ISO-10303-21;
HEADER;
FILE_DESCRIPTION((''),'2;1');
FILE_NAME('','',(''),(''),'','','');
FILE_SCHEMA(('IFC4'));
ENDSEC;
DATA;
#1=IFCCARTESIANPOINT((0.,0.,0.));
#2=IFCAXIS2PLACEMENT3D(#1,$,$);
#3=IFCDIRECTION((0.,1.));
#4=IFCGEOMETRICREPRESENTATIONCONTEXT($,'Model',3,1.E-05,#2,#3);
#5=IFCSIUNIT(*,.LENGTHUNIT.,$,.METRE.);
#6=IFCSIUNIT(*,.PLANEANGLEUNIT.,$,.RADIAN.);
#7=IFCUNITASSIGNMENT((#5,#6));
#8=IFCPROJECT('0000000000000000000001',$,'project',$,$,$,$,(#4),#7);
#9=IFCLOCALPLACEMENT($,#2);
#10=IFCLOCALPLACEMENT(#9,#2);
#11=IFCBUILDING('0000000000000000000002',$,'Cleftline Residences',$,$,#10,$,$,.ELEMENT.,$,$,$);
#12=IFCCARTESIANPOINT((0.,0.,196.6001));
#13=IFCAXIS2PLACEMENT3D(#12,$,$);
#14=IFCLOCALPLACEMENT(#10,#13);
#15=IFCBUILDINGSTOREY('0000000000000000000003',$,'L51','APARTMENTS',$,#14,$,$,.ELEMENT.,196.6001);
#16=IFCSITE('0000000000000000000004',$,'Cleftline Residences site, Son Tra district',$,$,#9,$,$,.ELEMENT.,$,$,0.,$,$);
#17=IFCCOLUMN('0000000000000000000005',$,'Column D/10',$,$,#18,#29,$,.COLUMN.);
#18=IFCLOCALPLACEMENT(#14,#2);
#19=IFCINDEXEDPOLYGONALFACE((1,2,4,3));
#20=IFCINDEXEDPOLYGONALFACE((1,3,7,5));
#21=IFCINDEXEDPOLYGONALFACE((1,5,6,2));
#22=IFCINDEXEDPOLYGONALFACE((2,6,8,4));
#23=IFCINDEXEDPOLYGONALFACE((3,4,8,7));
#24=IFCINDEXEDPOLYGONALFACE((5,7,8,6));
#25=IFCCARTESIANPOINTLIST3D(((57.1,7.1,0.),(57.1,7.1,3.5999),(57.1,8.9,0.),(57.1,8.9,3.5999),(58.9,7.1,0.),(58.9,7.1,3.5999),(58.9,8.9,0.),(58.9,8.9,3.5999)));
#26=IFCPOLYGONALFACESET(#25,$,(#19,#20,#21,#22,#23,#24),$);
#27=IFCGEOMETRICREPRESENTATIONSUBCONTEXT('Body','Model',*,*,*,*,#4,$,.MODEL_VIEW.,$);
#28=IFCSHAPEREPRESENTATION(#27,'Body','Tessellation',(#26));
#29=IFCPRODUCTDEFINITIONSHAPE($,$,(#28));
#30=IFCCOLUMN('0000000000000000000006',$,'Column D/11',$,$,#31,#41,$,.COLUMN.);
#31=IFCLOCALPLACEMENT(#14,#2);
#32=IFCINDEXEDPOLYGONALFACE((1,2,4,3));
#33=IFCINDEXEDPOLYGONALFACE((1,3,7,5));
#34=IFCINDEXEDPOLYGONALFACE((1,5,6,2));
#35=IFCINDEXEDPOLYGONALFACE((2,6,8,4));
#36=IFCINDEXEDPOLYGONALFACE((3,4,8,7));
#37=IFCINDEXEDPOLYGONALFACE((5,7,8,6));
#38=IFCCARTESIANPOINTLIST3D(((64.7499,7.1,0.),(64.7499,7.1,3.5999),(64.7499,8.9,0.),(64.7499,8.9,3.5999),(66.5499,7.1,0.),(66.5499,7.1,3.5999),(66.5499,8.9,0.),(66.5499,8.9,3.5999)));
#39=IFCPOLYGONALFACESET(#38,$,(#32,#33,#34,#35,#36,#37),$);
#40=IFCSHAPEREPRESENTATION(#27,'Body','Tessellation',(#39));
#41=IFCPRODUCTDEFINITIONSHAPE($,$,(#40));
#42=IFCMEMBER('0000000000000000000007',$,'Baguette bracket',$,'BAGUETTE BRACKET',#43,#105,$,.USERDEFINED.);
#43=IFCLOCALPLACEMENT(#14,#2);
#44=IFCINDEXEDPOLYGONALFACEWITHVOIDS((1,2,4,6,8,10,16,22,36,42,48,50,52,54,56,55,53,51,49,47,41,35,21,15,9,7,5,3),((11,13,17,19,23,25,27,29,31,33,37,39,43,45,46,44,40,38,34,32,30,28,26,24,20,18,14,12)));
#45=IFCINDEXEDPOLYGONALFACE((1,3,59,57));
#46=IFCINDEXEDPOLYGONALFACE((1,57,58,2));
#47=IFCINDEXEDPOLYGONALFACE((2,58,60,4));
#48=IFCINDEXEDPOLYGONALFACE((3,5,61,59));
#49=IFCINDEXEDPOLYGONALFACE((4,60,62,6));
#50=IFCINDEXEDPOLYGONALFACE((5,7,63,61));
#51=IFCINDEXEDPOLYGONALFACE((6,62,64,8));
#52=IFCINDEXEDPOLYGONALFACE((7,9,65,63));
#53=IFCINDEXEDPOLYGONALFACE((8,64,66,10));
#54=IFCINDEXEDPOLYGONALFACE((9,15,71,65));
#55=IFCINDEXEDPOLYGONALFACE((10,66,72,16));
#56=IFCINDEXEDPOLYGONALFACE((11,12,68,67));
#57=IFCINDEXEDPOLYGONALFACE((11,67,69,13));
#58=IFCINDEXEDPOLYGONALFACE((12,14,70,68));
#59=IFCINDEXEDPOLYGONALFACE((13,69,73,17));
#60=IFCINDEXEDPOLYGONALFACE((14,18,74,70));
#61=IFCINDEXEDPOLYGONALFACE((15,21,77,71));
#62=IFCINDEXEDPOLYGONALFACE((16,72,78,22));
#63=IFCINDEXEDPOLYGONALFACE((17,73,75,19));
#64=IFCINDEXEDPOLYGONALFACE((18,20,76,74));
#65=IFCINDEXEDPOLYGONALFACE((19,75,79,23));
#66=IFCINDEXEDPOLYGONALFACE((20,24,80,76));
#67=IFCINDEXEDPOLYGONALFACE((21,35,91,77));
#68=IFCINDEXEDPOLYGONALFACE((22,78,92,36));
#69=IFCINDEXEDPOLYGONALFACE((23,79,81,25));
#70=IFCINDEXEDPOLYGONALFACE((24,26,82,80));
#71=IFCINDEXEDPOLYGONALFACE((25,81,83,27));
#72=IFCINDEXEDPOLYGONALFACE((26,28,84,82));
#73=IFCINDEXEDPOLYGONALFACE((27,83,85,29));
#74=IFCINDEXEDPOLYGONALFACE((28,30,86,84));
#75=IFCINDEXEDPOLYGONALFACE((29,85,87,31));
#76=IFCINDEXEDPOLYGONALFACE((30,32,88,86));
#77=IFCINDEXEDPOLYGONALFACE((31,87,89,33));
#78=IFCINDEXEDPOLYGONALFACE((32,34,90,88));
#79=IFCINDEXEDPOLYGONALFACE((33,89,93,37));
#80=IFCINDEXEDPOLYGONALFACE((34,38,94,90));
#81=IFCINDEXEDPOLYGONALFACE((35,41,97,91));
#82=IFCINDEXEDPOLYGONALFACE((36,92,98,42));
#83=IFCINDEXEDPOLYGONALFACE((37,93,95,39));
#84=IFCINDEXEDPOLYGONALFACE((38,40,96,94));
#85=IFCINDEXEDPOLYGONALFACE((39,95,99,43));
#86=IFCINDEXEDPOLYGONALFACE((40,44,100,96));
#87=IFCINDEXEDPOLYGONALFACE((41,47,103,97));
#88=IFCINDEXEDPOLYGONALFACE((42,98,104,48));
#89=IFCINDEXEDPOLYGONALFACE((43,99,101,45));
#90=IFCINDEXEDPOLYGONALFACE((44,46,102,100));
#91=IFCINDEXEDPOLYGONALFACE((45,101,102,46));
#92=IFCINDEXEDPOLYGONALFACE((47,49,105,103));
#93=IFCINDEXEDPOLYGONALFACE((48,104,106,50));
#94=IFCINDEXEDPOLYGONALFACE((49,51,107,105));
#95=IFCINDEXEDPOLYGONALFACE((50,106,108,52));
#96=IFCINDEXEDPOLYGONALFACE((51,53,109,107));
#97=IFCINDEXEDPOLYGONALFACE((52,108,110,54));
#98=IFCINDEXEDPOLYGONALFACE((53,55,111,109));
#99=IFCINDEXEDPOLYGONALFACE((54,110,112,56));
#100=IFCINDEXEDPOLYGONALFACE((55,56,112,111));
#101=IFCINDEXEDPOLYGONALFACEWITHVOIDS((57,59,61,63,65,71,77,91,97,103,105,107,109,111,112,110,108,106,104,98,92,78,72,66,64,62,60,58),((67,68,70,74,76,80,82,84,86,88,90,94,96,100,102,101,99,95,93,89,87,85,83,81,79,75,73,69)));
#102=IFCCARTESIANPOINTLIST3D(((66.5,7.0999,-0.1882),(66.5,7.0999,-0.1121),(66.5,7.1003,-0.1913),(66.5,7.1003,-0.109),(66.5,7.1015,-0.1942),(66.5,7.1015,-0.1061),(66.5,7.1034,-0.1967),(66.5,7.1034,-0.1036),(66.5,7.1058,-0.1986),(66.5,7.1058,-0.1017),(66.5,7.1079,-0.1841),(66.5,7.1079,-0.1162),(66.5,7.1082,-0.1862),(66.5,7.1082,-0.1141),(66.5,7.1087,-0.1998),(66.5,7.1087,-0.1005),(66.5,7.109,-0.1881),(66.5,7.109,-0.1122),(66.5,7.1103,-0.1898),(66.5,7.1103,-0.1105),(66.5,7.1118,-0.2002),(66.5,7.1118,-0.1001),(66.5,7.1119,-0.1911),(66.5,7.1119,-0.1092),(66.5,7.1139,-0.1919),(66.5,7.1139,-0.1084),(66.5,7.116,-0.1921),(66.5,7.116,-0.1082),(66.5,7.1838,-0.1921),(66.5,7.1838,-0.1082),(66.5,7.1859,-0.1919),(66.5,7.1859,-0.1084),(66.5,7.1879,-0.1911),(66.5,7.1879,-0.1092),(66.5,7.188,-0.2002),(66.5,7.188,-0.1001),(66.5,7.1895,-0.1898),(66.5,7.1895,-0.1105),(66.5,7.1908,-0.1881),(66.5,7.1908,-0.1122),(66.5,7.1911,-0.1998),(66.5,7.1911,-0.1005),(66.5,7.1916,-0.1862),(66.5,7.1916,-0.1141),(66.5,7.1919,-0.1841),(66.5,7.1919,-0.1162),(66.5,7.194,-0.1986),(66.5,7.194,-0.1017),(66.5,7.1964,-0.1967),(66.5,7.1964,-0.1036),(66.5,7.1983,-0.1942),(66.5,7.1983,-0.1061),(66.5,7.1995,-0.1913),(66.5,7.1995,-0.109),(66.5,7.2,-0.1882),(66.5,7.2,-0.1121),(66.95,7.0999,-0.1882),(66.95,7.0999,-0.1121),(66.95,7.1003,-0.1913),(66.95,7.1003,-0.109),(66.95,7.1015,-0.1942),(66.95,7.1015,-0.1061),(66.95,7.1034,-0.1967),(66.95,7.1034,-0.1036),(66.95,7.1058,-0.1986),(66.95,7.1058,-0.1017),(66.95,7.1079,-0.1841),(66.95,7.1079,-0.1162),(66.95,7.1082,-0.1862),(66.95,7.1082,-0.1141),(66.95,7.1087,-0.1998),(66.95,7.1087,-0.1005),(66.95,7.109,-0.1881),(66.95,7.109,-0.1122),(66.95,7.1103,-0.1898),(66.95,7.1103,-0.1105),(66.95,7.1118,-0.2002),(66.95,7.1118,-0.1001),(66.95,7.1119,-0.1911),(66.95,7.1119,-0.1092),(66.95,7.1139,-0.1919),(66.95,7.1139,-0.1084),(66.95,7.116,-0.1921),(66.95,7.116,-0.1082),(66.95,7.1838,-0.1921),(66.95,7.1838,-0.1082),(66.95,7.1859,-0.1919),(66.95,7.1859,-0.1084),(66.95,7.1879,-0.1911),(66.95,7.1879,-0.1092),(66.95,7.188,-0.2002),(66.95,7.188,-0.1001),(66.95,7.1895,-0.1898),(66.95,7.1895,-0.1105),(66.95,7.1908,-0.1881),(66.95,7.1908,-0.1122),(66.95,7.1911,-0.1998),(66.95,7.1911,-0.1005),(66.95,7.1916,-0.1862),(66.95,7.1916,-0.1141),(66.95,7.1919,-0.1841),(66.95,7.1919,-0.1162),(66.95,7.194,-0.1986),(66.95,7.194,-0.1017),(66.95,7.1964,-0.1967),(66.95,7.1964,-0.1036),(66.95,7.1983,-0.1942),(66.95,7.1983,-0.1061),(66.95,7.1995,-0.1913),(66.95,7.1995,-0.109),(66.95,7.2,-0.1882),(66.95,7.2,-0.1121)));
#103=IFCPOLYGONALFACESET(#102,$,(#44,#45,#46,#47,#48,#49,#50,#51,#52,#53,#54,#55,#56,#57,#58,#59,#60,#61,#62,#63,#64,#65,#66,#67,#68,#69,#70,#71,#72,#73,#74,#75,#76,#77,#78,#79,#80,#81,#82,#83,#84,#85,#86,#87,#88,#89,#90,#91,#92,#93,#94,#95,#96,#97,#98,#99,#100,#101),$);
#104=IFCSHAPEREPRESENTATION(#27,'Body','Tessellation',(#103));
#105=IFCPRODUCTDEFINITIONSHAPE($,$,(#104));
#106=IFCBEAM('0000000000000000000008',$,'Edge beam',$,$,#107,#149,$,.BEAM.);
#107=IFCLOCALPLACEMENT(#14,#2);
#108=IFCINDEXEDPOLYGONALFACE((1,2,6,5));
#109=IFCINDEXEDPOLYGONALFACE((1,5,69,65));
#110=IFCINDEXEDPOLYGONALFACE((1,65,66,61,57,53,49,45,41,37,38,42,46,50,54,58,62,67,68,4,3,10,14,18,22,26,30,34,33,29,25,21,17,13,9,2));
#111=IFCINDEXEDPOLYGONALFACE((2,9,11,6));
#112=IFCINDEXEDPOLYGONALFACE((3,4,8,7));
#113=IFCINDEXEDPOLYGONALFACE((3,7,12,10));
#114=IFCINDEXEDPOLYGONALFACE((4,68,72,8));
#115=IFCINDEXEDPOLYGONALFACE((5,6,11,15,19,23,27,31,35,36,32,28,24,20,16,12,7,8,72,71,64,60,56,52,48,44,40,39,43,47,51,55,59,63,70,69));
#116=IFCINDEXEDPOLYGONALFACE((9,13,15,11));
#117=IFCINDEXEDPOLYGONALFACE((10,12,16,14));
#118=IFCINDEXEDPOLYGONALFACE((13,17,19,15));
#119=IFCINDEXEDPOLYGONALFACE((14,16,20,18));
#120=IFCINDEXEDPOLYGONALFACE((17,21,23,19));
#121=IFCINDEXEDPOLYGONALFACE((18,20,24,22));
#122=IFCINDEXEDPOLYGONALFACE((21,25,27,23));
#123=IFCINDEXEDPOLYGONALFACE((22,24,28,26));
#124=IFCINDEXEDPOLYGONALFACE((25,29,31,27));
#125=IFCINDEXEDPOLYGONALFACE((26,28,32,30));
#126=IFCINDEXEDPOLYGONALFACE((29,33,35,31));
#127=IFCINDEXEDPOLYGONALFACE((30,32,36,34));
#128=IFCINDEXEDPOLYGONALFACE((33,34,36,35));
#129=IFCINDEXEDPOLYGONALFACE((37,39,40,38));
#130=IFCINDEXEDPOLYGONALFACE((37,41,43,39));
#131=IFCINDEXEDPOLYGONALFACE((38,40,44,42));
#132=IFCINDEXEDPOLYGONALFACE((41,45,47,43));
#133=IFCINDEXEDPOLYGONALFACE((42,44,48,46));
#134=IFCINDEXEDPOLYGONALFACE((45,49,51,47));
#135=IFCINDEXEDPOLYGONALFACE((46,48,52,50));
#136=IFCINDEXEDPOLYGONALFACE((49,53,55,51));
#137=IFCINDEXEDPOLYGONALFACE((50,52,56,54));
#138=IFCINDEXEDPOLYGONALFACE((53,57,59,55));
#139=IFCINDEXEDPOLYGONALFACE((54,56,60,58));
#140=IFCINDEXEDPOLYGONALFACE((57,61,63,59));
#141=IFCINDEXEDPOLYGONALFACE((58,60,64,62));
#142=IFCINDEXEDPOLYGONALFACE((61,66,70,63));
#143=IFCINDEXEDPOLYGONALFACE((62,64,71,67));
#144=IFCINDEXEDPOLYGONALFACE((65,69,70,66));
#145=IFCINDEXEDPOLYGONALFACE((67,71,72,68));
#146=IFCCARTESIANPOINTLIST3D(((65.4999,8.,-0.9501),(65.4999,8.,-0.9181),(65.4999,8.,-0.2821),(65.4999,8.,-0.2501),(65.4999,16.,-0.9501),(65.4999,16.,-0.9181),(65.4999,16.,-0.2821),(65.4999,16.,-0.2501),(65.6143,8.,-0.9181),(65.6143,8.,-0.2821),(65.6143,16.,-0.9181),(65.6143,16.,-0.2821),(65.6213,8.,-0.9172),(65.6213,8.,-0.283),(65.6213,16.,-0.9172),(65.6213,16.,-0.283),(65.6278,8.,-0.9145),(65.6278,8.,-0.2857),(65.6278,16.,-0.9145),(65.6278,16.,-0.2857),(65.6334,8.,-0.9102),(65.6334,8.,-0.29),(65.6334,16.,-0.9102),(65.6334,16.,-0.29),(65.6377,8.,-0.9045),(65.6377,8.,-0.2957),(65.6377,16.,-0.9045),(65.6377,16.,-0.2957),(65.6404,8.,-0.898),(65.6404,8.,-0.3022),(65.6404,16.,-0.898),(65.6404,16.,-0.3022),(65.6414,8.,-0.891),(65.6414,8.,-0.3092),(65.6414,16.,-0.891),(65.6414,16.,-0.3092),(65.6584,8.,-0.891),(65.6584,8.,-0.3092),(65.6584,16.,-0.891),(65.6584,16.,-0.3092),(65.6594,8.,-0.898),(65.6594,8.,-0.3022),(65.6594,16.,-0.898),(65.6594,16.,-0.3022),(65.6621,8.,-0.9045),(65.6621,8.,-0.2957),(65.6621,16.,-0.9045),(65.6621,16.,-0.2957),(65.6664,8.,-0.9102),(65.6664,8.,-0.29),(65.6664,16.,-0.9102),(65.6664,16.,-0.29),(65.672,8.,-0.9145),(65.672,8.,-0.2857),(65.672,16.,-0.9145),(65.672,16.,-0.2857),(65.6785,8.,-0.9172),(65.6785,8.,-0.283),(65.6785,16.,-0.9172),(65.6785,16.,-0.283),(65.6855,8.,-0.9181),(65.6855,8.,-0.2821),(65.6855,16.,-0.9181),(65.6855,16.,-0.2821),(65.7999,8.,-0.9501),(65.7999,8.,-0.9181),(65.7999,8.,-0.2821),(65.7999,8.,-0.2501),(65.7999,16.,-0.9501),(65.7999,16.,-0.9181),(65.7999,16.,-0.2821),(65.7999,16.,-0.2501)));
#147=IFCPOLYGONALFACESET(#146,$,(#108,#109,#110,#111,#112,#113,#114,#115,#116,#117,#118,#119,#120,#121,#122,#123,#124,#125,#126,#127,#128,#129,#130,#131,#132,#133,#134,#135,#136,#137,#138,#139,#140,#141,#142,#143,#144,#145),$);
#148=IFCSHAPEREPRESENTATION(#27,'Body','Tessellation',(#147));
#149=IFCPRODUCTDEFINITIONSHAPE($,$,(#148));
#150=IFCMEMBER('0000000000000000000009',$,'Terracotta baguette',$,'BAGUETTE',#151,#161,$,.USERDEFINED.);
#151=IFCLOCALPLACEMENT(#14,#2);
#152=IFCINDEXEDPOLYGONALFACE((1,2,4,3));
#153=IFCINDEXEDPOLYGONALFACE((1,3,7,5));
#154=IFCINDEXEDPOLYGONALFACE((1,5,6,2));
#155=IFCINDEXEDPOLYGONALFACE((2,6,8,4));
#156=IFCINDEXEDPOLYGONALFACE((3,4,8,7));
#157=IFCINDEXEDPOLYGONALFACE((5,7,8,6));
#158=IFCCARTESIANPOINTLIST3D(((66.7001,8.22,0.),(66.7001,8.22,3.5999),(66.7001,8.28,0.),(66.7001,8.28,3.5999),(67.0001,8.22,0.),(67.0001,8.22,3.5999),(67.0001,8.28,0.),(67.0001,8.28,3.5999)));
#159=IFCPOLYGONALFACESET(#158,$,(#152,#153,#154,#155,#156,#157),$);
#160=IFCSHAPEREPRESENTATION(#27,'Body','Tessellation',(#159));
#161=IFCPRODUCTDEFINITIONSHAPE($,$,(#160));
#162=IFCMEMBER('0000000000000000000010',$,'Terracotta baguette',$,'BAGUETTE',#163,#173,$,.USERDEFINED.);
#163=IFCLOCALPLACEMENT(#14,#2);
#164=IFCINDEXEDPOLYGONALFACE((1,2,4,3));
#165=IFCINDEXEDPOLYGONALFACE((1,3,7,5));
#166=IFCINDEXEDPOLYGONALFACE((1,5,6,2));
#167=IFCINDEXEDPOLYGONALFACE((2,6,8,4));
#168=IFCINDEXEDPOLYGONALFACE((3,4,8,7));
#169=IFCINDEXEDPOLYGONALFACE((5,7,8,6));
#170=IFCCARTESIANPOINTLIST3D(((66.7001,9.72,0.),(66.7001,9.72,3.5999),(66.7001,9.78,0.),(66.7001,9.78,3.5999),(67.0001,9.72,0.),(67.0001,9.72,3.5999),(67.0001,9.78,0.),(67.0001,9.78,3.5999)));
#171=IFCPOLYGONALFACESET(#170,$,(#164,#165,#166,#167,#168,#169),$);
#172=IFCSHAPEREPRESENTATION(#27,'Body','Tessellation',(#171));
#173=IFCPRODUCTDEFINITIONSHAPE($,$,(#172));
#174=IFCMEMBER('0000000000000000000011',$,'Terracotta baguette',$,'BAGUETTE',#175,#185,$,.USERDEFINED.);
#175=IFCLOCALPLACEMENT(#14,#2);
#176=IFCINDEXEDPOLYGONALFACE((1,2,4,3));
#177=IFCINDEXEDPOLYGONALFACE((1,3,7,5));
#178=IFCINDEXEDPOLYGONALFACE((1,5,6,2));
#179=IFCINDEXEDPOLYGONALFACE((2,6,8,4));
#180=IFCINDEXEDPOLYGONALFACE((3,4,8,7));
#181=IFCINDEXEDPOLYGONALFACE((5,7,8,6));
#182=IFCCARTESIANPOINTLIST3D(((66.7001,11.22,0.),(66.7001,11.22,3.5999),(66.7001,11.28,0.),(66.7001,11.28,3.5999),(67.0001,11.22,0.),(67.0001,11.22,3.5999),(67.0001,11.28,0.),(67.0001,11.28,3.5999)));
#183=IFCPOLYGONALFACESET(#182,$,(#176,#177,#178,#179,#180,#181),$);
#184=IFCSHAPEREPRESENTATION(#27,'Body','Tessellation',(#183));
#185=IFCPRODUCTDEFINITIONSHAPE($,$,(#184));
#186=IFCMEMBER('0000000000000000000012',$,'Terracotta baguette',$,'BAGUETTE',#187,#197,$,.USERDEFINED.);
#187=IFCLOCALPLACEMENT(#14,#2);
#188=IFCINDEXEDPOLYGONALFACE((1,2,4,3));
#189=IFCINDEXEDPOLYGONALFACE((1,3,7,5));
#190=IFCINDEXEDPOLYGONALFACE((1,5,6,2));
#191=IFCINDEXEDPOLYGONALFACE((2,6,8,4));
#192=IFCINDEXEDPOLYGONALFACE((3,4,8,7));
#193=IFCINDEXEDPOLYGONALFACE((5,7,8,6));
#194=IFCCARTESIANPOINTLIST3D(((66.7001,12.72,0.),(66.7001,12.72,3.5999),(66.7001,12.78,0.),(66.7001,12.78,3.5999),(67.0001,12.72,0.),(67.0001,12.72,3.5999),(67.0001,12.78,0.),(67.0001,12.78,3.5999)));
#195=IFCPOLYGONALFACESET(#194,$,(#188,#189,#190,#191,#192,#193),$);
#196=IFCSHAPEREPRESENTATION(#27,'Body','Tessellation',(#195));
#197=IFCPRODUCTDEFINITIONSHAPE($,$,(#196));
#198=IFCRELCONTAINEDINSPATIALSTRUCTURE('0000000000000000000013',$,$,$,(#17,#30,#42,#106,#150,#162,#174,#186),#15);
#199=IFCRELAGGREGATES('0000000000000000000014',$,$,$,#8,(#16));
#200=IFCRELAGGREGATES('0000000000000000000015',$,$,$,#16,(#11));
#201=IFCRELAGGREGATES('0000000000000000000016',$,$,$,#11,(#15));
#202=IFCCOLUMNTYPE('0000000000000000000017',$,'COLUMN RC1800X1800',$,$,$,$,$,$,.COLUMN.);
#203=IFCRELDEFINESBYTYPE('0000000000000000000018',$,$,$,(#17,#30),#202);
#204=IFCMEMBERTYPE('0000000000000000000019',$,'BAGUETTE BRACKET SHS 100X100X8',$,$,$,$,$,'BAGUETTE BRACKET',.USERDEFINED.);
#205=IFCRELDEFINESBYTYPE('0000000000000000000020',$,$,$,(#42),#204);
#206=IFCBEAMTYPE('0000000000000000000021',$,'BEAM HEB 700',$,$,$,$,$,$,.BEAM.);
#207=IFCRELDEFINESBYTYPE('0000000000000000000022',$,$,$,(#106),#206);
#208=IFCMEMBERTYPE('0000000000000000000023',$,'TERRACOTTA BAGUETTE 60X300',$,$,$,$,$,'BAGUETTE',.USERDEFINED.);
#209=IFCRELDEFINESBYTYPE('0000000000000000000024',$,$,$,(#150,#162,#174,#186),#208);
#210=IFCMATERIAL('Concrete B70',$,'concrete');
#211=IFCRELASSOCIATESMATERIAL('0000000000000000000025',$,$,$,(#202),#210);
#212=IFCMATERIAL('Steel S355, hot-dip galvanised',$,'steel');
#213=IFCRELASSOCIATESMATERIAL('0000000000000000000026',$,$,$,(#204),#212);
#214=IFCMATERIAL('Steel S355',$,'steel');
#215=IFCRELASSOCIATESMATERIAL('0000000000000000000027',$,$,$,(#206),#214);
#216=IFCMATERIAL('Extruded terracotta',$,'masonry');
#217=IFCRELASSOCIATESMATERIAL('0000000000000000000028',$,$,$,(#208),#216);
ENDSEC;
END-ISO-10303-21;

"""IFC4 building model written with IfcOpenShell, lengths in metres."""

from ifc_helpers import new_model, si_unit, direction, frame, origin, origin_2d, place, context, subcontext, project, spatial, rectangle, hollow_rectangle, i_section, extrude, material, material_profile, profile_set, type_object, element, save


model = new_model("IFC4")

# Units and contexts
model_context = context("Model", 3, precision=1e-05, world=origin(), true_north=direction((0.0, 1.0)))
body_context = subcontext(model_context, "Body", "Model", "MODEL_VIEW")
ifc_project = project(units=[si_unit("LENGTHUNIT", "METRE"), si_unit("PLANEANGLEUNIT", "RADIAN")], contexts=[model_context])

# Site, building, storey
site_placement = place(None, origin())
site = spatial("IfcSite", under=ifc_project, at=site_placement, Name="Cleftline Residences site, Son Tra district", CompositionType="ELEMENT", RefElevation=0.0)
building_placement = place(site_placement, origin())
building = spatial("IfcBuilding", under=site, at=building_placement, Name="Cleftline Residences", CompositionType="ELEMENT")
storey_placement = place(building_placement, frame((0.0, 0.0, 196.6001)))
storey = spatial("IfcBuildingStorey", under=building, at=storey_placement, Name="L51", Description="APARTMENTS", CompositionType="ELEMENT", Elevation=196.6001)

# Columns
ifc_material_1 = material(Name="Concrete B70", Category="concrete")
ifc_material_profile_1 = material_profile(ifc_material_1, rectangle(XDim=1.8, YDim=1.8, at=origin_2d()))
ifc_profile_set_1 = profile_set([ifc_material_profile_1], Name="Concrete B70")
column_type = type_object("IfcColumnType", Name="COLUMN RC1800X1800", PredefinedType="COLUMN", material=ifc_profile_set_1)
for number, where, z_axis, x_axis, name in (
    (1, (58.0, 8.0, 0.0), (0.0, 0.0, 1.0), (1.0, 0.0, 0.0), "Column D/10"),
    (2, (65.6499, 8.0, 0.0), (0.0, 0.0, 1.0), (1.0, 0.0, 0.0), "Column D/11"),
):
    element("IfcColumn", number, at=place(storey_placement, frame(where, z_axis=z_axis, x_axis=x_axis)), inside=storey, type_object=column_type, Name=name, PredefinedType="COLUMN", context=body_context, shape_type="SweptSolid", body=[
        extrude(rectangle(XDim=1.8, YDim=1.8, at=origin_2d()), origin(), (0.0, 0.0, 1.0), 3.5999),
    ])

# Member
ifc_material_2 = material(Name="Steel S355, hot-dip galvanised", Category="steel")
ifc_material_profile_2 = material_profile(ifc_material_2, hollow_rectangle(XDim=0.1001, YDim=0.1001, WallThickness=0.0081, InnerFilletRadius=0.0081, OuterFilletRadius=0.012, at=origin_2d()))
ifc_profile_set_2 = profile_set([ifc_material_profile_2], Name="Steel S355, hot-dip galvanised")
member_type_1 = type_object("IfcMemberType", Name="BAGUETTE BRACKET SHS 100X100X8", ElementType="BAGUETTE BRACKET", PredefinedType="USERDEFINED", material=ifc_profile_set_2)
member_placement = place(storey_placement, frame((66.5, 7.1499, -0.1501), z_axis=(1.0, 0.0, 0.0), x_axis=(0.0, 1.0, 0.0)))
element("IfcMember", 3, at=member_placement, inside=storey, type_object=member_type_1, Name="Baguette bracket", ObjectType="BAGUETTE BRACKET", PredefinedType="USERDEFINED", context=body_context, shape_type="SweptSolid", body=[
    extrude(hollow_rectangle(XDim=0.1001, YDim=0.1001, WallThickness=0.0081, InnerFilletRadius=0.0081, OuterFilletRadius=0.012, at=origin_2d()), origin(), (0.0, 0.0, 1.0), 0.45),
])

# Beam
ifc_material_3 = material(Name="Steel S355", Category="steel")
ifc_material_profile_3 = material_profile(ifc_material_3, i_section(OverallWidth=0.3, OverallDepth=0.7, WebThickness=0.0171, FlangeThickness=0.032, FilletRadius=0.0271, at=origin_2d()))
ifc_profile_set_3 = profile_set([ifc_material_profile_3], Name="Steel S355")
beam_type = type_object("IfcBeamType", Name="BEAM HEB 700", PredefinedType="BEAM", material=ifc_profile_set_3)
beam_placement = place(storey_placement, frame((65.6499, 8.0, -0.6001), z_axis=(0.0, 1.0, 0.0), x_axis=(-1.0, 0.0, 0.0)))
element("IfcBeam", 4, at=beam_placement, inside=storey, type_object=beam_type, Name="Edge beam", PredefinedType="BEAM", context=body_context, shape_type="SweptSolid", body=[
    extrude(i_section(OverallWidth=0.3, OverallDepth=0.7, WebThickness=0.0171, FlangeThickness=0.032, FilletRadius=0.0271, at=origin_2d()), origin(), (0.0, 0.0, 1.0), 8.0),
])

# Members
ifc_material_4 = material(Name="Extruded terracotta", Category="masonry")
ifc_material_profile_4 = material_profile(ifc_material_4, rectangle(XDim=0.0601, YDim=0.3, at=origin_2d()))
ifc_profile_set_4 = profile_set([ifc_material_profile_4], Name="Extruded terracotta")
member_type_2 = type_object("IfcMemberType", Name="TERRACOTTA BAGUETTE 60X300", ElementType="BAGUETTE", PredefinedType="USERDEFINED", material=ifc_profile_set_4)
for number, where, z_axis, x_axis, name in (
    (5, (66.8501, 8.25, 0.0), (0.0, 0.0, 1.0), (0.0, 1.0, 0.0), "Terracotta baguette"),
    (6, (66.8501, 9.75, 0.0), (0.0, 0.0, 1.0), (0.0, 1.0, 0.0), "Terracotta baguette"),
    (7, (66.8501, 11.25, 0.0), (0.0, 0.0, 1.0), (0.0, 1.0, 0.0), "Terracotta baguette"),
    (8, (66.8501, 12.75, 0.0), (0.0, 0.0, 1.0), (0.0, 1.0, 0.0), "Terracotta baguette"),
):
    element("IfcMember", number, at=place(storey_placement, frame(where, z_axis=z_axis, x_axis=x_axis)), inside=storey, type_object=member_type_2, Name=name, ObjectType="BAGUETTE", PredefinedType="USERDEFINED", context=body_context, shape_type="SweptSolid", body=[
        extrude(rectangle(XDim=0.0601, YDim=0.3, at=origin_2d()), origin(), (0.0, 0.0, 1.0), 3.5999),
    ])

save(model, "model.ifc")
